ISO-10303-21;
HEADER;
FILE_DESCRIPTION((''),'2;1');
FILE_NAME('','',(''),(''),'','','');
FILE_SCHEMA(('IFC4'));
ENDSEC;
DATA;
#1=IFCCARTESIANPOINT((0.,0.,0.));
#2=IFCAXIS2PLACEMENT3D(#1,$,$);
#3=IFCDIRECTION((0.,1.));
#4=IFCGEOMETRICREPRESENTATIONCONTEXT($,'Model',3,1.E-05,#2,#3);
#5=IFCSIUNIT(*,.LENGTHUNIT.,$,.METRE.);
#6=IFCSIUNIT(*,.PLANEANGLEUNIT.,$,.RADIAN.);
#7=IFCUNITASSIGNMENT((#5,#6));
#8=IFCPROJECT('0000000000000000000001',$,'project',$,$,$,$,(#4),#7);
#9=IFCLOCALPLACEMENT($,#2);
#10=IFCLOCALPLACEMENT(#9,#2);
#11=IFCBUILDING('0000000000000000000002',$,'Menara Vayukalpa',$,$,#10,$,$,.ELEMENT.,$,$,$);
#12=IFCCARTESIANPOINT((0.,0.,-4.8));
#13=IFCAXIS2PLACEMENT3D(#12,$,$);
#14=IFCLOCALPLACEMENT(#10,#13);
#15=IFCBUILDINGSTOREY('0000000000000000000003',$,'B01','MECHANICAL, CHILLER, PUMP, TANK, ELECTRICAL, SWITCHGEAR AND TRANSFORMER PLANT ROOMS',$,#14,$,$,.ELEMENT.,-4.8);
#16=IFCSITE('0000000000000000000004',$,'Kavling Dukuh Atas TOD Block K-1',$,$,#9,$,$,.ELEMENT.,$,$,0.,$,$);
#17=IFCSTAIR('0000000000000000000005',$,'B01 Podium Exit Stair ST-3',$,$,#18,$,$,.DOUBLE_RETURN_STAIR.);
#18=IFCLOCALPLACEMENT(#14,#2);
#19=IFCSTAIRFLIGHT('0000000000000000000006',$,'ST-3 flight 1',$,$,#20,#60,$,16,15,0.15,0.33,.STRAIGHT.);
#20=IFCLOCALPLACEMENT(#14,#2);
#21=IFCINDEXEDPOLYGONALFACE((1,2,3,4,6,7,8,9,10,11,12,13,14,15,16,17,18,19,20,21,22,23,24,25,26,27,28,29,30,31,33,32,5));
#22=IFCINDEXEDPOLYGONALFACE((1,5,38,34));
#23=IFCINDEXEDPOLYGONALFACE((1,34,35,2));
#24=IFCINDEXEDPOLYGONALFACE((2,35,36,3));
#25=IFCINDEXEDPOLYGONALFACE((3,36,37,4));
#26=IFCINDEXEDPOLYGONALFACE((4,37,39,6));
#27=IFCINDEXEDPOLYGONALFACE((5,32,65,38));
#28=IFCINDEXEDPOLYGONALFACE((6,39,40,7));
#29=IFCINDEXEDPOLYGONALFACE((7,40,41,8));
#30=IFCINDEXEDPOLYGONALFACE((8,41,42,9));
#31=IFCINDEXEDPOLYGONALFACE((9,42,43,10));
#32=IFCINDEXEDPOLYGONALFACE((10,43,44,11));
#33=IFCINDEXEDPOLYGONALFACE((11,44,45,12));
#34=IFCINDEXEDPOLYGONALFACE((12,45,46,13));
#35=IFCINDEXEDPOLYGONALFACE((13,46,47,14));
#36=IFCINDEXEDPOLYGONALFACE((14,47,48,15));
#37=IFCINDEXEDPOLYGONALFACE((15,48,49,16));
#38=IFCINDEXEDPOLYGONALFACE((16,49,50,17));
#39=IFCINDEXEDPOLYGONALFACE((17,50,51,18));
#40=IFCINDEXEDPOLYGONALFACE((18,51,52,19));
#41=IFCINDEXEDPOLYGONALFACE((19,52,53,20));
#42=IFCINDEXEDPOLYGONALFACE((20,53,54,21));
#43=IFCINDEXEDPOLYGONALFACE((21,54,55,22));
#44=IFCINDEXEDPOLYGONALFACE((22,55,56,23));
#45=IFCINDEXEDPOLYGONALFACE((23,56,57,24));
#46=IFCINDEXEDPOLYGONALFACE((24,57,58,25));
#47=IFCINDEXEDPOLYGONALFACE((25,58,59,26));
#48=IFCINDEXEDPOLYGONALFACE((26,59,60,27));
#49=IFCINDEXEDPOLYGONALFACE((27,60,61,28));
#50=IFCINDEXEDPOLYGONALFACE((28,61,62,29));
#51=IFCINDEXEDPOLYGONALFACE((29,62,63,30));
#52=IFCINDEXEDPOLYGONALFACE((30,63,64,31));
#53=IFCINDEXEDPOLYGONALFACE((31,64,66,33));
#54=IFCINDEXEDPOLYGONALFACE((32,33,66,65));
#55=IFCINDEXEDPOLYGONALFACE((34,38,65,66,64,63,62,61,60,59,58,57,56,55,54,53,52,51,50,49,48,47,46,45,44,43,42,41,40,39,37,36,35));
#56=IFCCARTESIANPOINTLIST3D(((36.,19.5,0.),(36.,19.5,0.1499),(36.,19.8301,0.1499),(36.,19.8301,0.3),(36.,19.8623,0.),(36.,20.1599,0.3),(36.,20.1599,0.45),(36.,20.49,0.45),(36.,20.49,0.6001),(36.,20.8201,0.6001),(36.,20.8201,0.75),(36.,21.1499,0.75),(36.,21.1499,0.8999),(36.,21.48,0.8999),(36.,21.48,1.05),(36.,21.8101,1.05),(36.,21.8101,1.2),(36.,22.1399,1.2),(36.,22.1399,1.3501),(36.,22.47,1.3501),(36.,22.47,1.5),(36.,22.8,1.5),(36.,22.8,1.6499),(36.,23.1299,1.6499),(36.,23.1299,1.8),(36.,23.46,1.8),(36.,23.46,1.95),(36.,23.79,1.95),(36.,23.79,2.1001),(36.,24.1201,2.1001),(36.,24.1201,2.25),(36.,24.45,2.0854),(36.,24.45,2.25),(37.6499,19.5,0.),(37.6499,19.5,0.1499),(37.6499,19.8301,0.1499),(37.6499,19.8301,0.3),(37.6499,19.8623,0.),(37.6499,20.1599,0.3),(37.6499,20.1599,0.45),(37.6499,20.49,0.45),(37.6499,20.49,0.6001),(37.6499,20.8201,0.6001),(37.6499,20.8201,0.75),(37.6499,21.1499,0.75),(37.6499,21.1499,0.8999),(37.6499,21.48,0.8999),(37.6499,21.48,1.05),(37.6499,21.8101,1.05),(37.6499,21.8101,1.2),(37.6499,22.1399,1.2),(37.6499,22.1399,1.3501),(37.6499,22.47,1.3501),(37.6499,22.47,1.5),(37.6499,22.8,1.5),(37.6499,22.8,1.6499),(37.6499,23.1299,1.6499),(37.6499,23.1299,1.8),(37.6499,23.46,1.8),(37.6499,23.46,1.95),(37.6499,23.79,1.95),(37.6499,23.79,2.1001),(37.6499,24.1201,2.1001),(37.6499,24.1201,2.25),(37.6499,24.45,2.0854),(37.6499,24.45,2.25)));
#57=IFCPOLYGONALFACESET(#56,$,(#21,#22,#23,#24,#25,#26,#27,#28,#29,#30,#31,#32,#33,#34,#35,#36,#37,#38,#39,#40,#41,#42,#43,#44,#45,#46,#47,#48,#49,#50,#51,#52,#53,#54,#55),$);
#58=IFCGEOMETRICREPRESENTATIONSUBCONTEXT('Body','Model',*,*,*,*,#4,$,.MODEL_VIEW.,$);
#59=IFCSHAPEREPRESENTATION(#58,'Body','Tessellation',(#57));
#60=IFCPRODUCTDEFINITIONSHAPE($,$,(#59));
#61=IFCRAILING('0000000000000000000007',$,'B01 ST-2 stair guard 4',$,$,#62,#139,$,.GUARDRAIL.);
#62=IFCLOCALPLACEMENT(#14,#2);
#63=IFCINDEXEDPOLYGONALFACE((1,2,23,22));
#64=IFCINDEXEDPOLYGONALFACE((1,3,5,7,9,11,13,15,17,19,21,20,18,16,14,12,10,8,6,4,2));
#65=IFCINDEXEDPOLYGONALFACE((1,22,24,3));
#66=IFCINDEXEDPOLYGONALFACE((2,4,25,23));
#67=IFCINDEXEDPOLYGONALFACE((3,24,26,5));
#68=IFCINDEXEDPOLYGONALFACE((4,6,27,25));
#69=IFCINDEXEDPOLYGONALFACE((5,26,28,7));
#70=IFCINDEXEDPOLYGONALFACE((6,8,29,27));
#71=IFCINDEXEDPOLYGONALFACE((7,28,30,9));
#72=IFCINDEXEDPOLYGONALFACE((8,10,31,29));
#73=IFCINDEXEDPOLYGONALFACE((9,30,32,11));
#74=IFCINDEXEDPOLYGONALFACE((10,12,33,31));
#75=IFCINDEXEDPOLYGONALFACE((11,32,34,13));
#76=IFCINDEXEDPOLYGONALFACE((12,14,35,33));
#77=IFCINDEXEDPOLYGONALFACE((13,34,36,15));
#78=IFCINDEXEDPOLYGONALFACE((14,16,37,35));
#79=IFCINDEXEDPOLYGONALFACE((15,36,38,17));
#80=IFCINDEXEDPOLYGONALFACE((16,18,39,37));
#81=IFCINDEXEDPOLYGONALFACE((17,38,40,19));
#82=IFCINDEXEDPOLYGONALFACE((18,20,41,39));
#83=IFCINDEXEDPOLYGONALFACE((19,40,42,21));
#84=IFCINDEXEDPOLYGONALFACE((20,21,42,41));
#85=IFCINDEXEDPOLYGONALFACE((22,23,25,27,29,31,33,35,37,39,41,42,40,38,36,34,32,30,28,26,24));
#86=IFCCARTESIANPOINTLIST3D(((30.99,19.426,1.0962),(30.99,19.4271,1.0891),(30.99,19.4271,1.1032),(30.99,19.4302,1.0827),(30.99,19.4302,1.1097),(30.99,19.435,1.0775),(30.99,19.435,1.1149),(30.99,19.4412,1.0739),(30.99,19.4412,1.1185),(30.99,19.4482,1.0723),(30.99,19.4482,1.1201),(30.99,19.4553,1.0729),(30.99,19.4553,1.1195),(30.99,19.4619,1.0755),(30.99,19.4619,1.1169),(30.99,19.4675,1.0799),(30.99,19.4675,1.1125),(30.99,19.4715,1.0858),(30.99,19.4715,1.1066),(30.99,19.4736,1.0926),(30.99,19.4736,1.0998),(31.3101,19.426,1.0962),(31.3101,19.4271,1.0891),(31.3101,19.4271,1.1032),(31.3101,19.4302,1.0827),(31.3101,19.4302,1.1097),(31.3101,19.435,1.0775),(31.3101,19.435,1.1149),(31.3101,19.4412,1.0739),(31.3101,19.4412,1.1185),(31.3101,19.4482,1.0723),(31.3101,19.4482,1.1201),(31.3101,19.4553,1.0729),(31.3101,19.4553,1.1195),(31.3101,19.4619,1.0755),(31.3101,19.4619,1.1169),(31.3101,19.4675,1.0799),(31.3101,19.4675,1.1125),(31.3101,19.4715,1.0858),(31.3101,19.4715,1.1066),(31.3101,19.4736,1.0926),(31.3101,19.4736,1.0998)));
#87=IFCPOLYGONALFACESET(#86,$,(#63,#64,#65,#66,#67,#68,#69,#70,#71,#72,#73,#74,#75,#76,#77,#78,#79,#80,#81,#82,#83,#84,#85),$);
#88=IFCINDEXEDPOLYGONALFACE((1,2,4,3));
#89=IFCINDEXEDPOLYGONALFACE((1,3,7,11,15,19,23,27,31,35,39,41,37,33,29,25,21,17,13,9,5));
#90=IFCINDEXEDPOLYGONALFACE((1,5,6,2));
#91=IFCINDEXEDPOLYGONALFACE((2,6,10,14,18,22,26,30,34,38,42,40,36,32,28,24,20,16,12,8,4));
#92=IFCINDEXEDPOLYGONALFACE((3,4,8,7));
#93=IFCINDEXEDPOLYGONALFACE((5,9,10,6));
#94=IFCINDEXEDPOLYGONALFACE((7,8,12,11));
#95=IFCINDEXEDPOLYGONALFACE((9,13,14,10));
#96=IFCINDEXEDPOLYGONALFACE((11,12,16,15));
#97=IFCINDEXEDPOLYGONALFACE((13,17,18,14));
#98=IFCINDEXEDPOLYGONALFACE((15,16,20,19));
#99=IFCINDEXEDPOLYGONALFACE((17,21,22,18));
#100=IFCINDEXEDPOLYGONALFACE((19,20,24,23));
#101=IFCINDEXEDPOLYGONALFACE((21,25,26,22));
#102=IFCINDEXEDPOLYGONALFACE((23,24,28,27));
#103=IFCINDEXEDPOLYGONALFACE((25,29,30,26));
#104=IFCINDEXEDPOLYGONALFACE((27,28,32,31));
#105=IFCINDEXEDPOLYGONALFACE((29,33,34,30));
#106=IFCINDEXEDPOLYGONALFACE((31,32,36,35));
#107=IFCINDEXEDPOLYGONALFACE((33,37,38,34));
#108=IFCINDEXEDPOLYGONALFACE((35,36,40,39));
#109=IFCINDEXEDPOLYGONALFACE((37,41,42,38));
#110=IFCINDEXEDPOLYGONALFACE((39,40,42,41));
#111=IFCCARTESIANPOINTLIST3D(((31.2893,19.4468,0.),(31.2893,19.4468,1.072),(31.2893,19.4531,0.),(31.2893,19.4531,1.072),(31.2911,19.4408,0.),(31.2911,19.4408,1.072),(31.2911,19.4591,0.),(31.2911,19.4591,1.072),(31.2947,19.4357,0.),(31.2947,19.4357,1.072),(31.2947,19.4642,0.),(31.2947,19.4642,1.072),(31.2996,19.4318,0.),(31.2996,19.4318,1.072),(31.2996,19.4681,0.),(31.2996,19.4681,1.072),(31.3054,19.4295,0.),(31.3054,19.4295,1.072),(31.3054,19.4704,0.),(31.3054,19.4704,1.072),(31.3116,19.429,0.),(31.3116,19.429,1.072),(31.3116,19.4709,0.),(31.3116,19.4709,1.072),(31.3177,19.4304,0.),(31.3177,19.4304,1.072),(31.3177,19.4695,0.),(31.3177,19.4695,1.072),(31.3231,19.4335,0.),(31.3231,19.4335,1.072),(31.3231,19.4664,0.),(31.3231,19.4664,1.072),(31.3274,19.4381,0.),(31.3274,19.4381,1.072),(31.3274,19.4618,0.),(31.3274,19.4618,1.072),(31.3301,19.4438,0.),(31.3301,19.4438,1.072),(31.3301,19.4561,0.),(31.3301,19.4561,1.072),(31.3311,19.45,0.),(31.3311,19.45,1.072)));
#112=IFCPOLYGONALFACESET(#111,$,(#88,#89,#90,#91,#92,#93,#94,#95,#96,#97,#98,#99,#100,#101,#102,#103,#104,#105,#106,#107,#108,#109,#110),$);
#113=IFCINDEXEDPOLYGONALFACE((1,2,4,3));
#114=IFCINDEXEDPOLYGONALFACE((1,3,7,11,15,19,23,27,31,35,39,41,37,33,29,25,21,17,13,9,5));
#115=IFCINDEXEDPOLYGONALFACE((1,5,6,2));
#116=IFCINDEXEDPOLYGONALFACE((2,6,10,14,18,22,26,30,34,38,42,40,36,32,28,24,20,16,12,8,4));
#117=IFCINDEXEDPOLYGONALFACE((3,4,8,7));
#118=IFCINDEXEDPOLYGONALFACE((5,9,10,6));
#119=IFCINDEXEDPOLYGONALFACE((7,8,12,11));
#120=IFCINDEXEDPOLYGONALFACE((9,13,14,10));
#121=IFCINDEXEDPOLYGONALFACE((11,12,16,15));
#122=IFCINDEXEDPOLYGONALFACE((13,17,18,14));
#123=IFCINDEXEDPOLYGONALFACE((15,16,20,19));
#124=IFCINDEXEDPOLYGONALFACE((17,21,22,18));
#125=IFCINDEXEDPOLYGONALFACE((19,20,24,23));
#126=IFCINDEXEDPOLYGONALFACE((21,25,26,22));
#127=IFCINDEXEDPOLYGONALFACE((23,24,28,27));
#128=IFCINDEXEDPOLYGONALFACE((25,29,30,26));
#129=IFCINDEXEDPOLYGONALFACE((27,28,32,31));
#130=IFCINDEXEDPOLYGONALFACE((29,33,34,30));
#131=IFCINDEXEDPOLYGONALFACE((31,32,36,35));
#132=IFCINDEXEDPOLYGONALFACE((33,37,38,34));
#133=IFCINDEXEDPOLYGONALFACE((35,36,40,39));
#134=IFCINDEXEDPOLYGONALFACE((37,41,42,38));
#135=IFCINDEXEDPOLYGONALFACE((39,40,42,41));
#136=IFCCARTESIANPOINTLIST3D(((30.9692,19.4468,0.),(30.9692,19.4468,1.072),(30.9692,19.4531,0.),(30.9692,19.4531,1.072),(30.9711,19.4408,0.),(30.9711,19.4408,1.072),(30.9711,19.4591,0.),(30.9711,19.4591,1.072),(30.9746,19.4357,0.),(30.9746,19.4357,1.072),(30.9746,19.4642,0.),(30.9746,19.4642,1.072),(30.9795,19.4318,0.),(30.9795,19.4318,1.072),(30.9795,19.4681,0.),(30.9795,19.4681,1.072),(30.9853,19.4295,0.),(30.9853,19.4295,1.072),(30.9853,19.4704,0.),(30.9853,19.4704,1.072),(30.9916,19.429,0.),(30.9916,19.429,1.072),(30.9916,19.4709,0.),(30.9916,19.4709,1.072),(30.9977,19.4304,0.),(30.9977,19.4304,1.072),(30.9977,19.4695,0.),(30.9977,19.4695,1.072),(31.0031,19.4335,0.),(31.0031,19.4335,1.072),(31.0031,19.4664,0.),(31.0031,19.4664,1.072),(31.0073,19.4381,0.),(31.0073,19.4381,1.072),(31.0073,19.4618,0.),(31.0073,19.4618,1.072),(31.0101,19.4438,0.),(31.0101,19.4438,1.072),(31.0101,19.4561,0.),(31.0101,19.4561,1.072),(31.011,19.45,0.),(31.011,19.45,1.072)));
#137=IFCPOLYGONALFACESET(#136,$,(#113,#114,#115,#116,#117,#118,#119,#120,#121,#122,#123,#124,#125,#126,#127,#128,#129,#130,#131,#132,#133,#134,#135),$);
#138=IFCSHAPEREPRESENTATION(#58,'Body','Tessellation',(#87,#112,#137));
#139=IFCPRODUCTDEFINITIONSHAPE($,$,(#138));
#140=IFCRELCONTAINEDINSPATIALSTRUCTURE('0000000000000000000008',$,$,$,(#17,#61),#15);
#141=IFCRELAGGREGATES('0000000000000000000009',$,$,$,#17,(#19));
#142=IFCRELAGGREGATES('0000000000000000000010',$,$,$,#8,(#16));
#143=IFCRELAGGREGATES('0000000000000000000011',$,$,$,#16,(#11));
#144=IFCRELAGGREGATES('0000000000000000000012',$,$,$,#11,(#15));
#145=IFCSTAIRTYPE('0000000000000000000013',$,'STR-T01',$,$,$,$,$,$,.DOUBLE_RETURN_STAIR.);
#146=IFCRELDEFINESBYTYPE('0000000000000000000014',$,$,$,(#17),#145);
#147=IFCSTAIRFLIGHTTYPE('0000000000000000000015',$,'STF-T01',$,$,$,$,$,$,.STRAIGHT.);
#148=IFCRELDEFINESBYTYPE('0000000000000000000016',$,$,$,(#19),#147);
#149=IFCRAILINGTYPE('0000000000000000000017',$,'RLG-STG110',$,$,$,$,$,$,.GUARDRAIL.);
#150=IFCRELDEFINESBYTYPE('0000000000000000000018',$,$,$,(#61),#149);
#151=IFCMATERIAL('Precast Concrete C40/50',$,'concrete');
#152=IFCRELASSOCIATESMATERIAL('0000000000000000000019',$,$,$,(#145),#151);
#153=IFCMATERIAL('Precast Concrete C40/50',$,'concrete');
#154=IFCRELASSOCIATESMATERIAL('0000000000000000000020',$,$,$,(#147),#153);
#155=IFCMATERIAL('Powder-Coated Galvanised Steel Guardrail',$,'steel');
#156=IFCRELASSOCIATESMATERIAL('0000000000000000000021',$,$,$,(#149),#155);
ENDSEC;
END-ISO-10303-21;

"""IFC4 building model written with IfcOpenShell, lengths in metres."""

from ifc_helpers import new_model, si_unit, direction, frame, origin, origin_2d, place, context, subcontext, project, spatial, polyline, circle, outline, extrude, material, type_object, element, aggregate, save


model = new_model("IFC4")

# Units and contexts
model_context = context("Model", 3, precision=1e-05, world=origin(), true_north=direction((0.0, 1.0)))
body_context = subcontext(model_context, "Body", "Model", "MODEL_VIEW")
ifc_project = project(units=[si_unit("LENGTHUNIT", "METRE"), si_unit("PLANEANGLEUNIT", "RADIAN")], contexts=[model_context])

# Site, building, storey
site_placement = place(None, origin())
site = spatial("IfcSite", under=ifc_project, at=site_placement, Name="Kavling Dukuh Atas TOD Block K-1", CompositionType="ELEMENT", RefElevation=0.0)
building_placement = place(site_placement, origin())
building = spatial("IfcBuilding", under=site, at=building_placement, Name="Menara Vayukalpa", CompositionType="ELEMENT")
storey_placement = place(building_placement, frame((0.0, 0.0, -4.8)))
storey = spatial("IfcBuildingStorey", under=building, at=storey_placement, Name="B01", Description="MECHANICAL, CHILLER, PUMP, TANK, ELECTRICAL, SWITCHGEAR AND TRANSFORMER PLANT ROOMS", CompositionType="ELEMENT", Elevation=-4.8)

# Stair, stair flight
ifc_material_1 = material(Name="Precast Concrete C40/50", Category="concrete")
stair_type = type_object("IfcStairType", Name="STR-T01", PredefinedType="DOUBLE_RETURN_STAIR", material=ifc_material_1)
ifc_material_2 = material(Name="Precast Concrete C40/50", Category="concrete")
stair_flight_type = type_object("IfcStairFlightType", Name="STF-T01", PredefinedType="STRAIGHT", material=ifc_material_2)
stair_1_placement = place(storey_placement, origin())
stair_1 = element("IfcStair", 1, at=stair_1_placement, inside=storey, type_object=stair_type, Name="B01 Podium Exit Stair ST-3", PredefinedType="DOUBLE_RETURN_STAIR")
stair_flight_1_placement = place(storey_placement, frame((36.825, 19.5, 0.0), z_axis=(0.0, 0.0, 1.0), x_axis=(0.0, 1.0, 0.0)))
stair_flight_1 = element("IfcStairFlight", 2, at=stair_flight_1_placement, type_object=stair_flight_type, Name="ST-3 flight 1", NumberOfRisers=16, NumberOfTreads=15, PredefinedType="STRAIGHT", RiserHeight=0.15, TreadLength=0.33, context=body_context, shape_type="SweptSolid", body=[
    extrude(outline(polyline([(0.0, 0.0), (0.0, 0.1499), (0.3301, 0.1499), (0.3301, 0.3), (0.6599, 0.3), (0.6599, 0.45), (0.99, 0.45), (0.99, 0.6001), (1.3201, 0.6001), (1.3201, 0.75), (1.6499, 0.75), (1.6499, 0.8999), (1.98, 0.8999), (1.98, 1.05), (2.3101, 1.05), (2.3101, 1.2), (2.6399, 1.2), (2.6399, 1.3501), (2.97, 1.3501), (2.97, 1.5), (3.3, 1.5), (3.3, 1.6499), (3.6299, 1.6499), (3.6299, 1.8), (3.96, 1.8), (3.96, 1.95), (4.29, 1.95), (4.29, 2.1001), (4.6201, 2.1001), (4.6201, 2.25), (4.95, 2.25), (4.95, 2.3999), (4.95, 2.0854), (0.3623, 0.0), (0.0, 0.0)])), frame((0.0, 0.825, 0.0), z_axis=(0.0, -1.0, 0.0), x_axis=(1.0, 0.0, 0.0)), (0.0, 0.0, 1.0), 1.6499),
])
aggregate(stair_1, [stair_flight_1])

# Railing
ifc_material_3 = material(Name="Powder-Coated Galvanised Steel Guardrail", Category="steel")
railing_type_1 = type_object("IfcRailingType", Name="RLG-STG110", PredefinedType="GUARDRAIL", material=ifc_material_3)
railing_1_placement = place(storey_placement, frame((31.3101, 19.45, 0.0)))
element("IfcRailing", 3, at=railing_1_placement, inside=storey, type_object=railing_type_1, Name="B01 ST-2 stair guard 4", PredefinedType="GUARDRAIL", context=body_context, shape_type="SweptSolid", body=[
    extrude(circle(Radius=0.0239, at=origin_2d()), frame((0.0, 0.0, 1.0962), z_axis=(-1.0, 0.0, 0.0), x_axis=(0.0, -1.0, 0.0)), (0.0, 0.0, 1.0), 0.3201),
    extrude(circle(Radius=0.021, at=origin_2d()), origin(), (0.0, 0.0, 1.0), 1.072),
    extrude(circle(Radius=0.021, at=origin_2d()), frame((-0.3201, 0.0, 0.0)), (0.0, 0.0, 1.0), 1.072),
])

save(model, "model.ifc")
